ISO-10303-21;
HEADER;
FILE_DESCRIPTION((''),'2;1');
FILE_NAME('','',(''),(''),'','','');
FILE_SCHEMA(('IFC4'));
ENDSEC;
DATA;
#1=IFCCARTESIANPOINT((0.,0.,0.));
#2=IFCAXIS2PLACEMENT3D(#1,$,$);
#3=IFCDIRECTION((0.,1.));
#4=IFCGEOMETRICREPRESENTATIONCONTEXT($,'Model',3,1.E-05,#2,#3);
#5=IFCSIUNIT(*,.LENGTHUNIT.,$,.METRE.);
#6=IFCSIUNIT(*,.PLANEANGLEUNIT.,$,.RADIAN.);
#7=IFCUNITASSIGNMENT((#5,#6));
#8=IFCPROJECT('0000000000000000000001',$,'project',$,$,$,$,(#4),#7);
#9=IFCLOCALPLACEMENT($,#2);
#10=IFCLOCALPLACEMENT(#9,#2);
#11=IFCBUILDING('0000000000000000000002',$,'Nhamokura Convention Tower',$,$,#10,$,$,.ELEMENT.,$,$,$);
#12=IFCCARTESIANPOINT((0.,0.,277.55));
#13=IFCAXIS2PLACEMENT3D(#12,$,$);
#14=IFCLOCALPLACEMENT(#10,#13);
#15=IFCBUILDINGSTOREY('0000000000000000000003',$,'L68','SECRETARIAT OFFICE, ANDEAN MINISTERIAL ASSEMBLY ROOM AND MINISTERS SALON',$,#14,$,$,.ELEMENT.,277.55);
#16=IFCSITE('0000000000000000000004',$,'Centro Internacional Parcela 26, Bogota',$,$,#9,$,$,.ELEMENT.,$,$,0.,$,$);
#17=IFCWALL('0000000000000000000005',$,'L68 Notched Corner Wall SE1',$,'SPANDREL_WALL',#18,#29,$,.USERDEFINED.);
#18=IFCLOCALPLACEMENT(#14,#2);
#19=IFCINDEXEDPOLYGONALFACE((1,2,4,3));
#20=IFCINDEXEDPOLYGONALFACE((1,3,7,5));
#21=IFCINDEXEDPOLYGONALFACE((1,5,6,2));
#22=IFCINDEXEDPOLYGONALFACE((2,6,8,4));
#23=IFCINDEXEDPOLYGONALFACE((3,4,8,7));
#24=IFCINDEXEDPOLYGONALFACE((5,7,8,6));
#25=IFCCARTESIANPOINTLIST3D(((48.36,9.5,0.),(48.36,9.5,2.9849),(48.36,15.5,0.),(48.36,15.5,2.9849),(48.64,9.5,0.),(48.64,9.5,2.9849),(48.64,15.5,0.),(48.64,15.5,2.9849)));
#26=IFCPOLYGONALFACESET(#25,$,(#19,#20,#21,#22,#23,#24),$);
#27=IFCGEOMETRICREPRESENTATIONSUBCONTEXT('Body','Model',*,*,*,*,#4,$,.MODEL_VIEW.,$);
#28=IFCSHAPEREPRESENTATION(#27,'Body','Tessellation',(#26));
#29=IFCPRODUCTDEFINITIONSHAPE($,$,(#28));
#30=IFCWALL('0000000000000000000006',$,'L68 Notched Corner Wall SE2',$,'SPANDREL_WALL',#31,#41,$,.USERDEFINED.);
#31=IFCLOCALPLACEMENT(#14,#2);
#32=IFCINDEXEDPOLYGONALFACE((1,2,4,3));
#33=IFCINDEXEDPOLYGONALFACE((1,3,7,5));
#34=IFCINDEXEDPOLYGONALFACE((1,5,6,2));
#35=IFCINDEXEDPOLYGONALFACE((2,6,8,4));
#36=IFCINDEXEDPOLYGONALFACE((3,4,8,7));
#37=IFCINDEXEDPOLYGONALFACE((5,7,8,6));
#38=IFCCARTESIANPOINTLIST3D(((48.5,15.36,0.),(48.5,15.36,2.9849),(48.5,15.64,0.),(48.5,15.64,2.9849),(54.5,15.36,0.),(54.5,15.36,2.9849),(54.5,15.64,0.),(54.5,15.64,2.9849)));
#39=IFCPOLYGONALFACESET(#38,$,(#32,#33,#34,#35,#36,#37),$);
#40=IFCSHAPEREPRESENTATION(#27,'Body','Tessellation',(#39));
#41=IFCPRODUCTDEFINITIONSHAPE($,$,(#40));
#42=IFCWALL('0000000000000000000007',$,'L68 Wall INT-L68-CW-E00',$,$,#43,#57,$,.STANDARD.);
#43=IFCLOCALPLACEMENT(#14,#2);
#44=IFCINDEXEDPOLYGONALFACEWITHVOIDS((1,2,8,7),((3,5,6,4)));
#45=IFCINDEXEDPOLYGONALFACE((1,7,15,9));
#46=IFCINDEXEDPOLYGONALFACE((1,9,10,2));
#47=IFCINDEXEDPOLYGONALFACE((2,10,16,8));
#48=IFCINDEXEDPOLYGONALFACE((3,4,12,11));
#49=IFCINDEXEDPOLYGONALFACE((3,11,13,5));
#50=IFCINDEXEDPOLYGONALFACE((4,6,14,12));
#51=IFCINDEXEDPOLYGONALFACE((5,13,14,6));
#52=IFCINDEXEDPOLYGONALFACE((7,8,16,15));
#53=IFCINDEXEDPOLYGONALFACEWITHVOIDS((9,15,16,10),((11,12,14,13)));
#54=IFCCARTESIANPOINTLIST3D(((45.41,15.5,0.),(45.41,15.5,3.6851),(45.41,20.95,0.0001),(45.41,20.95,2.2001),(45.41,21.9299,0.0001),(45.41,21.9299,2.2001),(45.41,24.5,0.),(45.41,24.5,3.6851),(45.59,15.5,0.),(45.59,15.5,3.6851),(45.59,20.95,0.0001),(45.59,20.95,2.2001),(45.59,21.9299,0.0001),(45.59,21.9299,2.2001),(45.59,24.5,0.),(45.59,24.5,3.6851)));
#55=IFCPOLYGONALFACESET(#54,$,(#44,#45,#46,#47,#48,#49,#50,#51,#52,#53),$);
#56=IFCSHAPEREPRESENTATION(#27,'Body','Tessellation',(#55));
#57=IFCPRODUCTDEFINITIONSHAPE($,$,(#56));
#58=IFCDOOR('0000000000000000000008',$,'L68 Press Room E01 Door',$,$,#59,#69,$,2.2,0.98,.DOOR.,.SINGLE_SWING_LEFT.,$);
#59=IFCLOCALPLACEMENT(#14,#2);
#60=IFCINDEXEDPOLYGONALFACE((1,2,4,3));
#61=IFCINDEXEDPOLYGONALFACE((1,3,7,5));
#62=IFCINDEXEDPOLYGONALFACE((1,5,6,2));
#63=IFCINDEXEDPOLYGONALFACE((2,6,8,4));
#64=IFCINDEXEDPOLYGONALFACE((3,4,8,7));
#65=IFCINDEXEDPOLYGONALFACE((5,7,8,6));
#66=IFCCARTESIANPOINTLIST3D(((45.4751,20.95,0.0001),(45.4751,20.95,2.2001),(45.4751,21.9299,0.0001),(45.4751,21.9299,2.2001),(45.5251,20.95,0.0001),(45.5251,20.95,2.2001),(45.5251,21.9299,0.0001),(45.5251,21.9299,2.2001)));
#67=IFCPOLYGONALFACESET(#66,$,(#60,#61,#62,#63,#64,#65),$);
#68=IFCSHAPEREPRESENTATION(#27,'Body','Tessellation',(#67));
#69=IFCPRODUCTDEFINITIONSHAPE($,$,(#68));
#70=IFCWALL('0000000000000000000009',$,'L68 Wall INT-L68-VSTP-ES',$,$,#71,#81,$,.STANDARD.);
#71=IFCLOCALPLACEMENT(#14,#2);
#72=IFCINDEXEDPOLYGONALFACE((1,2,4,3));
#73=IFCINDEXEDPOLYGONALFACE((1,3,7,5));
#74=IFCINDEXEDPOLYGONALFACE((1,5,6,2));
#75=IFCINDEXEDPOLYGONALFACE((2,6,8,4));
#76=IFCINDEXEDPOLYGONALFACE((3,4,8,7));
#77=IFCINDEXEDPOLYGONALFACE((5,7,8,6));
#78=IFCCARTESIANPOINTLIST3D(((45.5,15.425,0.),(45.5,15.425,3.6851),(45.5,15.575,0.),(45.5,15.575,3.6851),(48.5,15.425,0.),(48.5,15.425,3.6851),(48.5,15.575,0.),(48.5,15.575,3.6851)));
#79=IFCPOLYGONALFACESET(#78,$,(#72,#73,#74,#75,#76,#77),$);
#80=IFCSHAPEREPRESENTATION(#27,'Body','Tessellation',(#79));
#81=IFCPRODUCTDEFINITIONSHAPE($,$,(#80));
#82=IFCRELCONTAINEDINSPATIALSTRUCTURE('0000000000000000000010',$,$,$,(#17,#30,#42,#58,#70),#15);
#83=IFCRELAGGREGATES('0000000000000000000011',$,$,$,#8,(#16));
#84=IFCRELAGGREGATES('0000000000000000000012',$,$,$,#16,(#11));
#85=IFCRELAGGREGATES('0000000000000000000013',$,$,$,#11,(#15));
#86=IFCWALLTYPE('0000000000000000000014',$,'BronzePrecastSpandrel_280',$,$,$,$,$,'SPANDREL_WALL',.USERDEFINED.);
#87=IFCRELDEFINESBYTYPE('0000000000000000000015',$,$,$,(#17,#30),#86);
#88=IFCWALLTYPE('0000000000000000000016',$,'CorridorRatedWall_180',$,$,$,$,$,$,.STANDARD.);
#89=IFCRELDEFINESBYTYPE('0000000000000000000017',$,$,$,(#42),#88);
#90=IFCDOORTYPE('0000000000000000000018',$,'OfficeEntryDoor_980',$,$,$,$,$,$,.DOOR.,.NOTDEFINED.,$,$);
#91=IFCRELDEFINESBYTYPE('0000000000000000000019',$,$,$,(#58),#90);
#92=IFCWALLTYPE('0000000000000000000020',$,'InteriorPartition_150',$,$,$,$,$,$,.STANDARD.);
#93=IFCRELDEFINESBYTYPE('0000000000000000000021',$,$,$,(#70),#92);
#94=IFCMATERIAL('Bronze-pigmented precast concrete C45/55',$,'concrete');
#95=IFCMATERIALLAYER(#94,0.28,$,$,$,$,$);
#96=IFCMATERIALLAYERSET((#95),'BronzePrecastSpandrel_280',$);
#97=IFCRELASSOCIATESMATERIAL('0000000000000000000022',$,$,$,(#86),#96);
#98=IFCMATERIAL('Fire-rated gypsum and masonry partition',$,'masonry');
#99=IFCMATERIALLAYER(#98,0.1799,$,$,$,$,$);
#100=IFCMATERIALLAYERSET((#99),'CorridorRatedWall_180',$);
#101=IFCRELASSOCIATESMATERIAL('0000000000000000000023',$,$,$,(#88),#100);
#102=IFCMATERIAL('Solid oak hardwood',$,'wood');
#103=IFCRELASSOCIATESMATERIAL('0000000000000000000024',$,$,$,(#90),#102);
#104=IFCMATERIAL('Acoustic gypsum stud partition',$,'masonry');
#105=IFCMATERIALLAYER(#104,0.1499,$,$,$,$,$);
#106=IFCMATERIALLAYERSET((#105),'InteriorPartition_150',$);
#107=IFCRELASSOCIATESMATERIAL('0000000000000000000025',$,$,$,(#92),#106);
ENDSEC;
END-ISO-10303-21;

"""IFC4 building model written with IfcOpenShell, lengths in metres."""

from ifc_helpers import new_model, si_unit, direction, frame, frame_2d, origin, place, context, subcontext, project, spatial, rectangle, extrude, material, layer, layer_set, type_object, element, fill, save


model = new_model("IFC4")

# Units and contexts
model_context = context("Model", 3, precision=1e-05, world=origin(), true_north=direction((0.0, 1.0)))
body_context = subcontext(model_context, "Body", "Model", "MODEL_VIEW")
ifc_project = project(units=[si_unit("LENGTHUNIT", "METRE"), si_unit("PLANEANGLEUNIT", "RADIAN")], contexts=[model_context])

# Site, building, storey
site_placement = place(None, origin())
site = spatial("IfcSite", under=ifc_project, at=site_placement, Name="Centro Internacional Parcela 26, Bogota", CompositionType="ELEMENT", RefElevation=0.0)
building_placement = place(site_placement, origin())
building = spatial("IfcBuilding", under=site, at=building_placement, Name="Nhamokura Convention Tower", CompositionType="ELEMENT")
storey_placement = place(building_placement, frame((0.0, 0.0, 277.55)))
storey = spatial("IfcBuildingStorey", under=building, at=storey_placement, Name="L68", Description="SECRETARIAT OFFICE, ANDEAN MINISTERIAL ASSEMBLY ROOM AND MINISTERS SALON", CompositionType="ELEMENT", Elevation=277.55)

# Walls
ifc_material_1 = material(Name="Bronze-pigmented precast concrete C45/55", Category="concrete")
ifc_layer_1 = layer(ifc_material_1, 0.28)
ifc_layer_set_1 = layer_set([ifc_layer_1], Name="BronzePrecastSpandrel_280")
wall_type_1 = type_object("IfcWallType", Name="BronzePrecastSpandrel_280", ElementType="SPANDREL_WALL", PredefinedType="USERDEFINED", material=ifc_layer_set_1)
for number, where, z_axis, x_axis, name in (
    (1, (48.5, 15.5, 0.0), (0.0, 0.0, 1.0), (0.0, -1.0, 0.0), "L68 Notched Corner Wall SE1"),
    (2, (54.5, 15.5, 0.0), (0.0, 0.0, 1.0), (-1.0, 0.0, 0.0), "L68 Notched Corner Wall SE2"),
):
    element("IfcWall", number, at=place(storey_placement, frame(where, z_axis=z_axis, x_axis=x_axis)), inside=storey, type_object=wall_type_1, Name=name, ObjectType="SPANDREL_WALL", PredefinedType="USERDEFINED", context=body_context, shape_type="SweptSolid", body=[
        extrude(rectangle(XDim=6.0, YDim=0.28, at=frame_2d((3.0, 0.0))), origin(), (0.0, 0.0, 1.0), 2.9849),
    ])

# Wall, opening, door
ifc_material_2 = material(Name="Fire-rated gypsum and masonry partition", Category="masonry")
ifc_layer_2 = layer(ifc_material_2, 0.1799)
ifc_layer_set_2 = layer_set([ifc_layer_2], Name="CorridorRatedWall_180")
wall_type_2 = type_object("IfcWallType", Name="CorridorRatedWall_180", PredefinedType="STANDARD", material=ifc_layer_set_2)
wall_1_placement = place(storey_placement, frame((45.5, 15.5, 0.0), z_axis=(0.0, 0.0, 1.0), x_axis=(0.0, 1.0, 0.0)))
wall_1 = element("IfcWall", 3, at=wall_1_placement, inside=storey, type_object=wall_type_2, Name="L68 Wall INT-L68-CW-E00", PredefinedType="STANDARD", context=body_context, shape_type="SweptSolid", body=[
    extrude(rectangle(XDim=9.0, YDim=0.1799, at=frame_2d((4.5, 0.0))), origin(), (0.0, 0.0, 1.0), 3.6851),
])
opening_placement = place(wall_1_placement, frame((5.45, 0.0, 0.0)))
opening = element("IfcOpeningElement", 4, at=opening_placement, cuts=wall_1, PredefinedType="OPENING", context=body_context, shape_type="SweptSolid", body=[
    extrude(rectangle(XDim=0.98, YDim=2.2, at=frame_2d((0.49, 1.1001))), frame((0.0, 0.0999, 0.0), z_axis=(0.0, -1.0, 0.0), x_axis=(1.0, 0.0, 0.0)), (0.0, 0.0, 1.0), 0.2),
])
ifc_material_3 = material(Name="Solid oak hardwood", Category="wood")
door_type = type_object("IfcDoorType", Name="OfficeEntryDoor_980", OperationType="NOTDEFINED", PredefinedType="DOOR", material=ifc_material_3)
door_placement = place(opening_placement, origin())
door = element("IfcDoor", 5, at=door_placement, inside=storey, type_object=door_type, Name="L68 Press Room E01 Door", OperationType="SINGLE_SWING_LEFT", OverallHeight=2.2, OverallWidth=0.98, PredefinedType="DOOR", context=body_context, shape_type="SweptSolid", body=[
    extrude(rectangle(XDim=0.98, YDim=2.2, at=frame_2d((0.49, 1.1001))), frame((0.0, 0.0249, 0.0), z_axis=(0.0, -1.0, 0.0), x_axis=(1.0, 0.0, 0.0)), (0.0, 0.0, 1.0), 0.05),
])
fill(opening, door)

# Wall
ifc_material_4 = material(Name="Acoustic gypsum stud partition", Category="masonry")
ifc_layer_3 = layer(ifc_material_4, 0.1499)
ifc_layer_set_3 = layer_set([ifc_layer_3], Name="InteriorPartition_150")
wall_type_3 = type_object("IfcWallType", Name="InteriorPartition_150", PredefinedType="STANDARD", material=ifc_layer_set_3)
wall_2_placement = place(storey_placement, frame((45.5, 15.5, 0.0), z_axis=(0.0, 0.0, 1.0), x_axis=(1.0, 0.0, 0.0)))
element("IfcWall", 6, at=wall_2_placement, inside=storey, type_object=wall_type_3, Name="L68 Wall INT-L68-VSTP-ES", PredefinedType="STANDARD", context=body_context, shape_type="SweptSolid", body=[
    extrude(rectangle(XDim=3.0, YDim=0.1499, at=frame_2d((1.5, 0.0))), origin(), (0.0, 0.0, 1.0), 3.6851),
])

save(model, "model.ifc")
